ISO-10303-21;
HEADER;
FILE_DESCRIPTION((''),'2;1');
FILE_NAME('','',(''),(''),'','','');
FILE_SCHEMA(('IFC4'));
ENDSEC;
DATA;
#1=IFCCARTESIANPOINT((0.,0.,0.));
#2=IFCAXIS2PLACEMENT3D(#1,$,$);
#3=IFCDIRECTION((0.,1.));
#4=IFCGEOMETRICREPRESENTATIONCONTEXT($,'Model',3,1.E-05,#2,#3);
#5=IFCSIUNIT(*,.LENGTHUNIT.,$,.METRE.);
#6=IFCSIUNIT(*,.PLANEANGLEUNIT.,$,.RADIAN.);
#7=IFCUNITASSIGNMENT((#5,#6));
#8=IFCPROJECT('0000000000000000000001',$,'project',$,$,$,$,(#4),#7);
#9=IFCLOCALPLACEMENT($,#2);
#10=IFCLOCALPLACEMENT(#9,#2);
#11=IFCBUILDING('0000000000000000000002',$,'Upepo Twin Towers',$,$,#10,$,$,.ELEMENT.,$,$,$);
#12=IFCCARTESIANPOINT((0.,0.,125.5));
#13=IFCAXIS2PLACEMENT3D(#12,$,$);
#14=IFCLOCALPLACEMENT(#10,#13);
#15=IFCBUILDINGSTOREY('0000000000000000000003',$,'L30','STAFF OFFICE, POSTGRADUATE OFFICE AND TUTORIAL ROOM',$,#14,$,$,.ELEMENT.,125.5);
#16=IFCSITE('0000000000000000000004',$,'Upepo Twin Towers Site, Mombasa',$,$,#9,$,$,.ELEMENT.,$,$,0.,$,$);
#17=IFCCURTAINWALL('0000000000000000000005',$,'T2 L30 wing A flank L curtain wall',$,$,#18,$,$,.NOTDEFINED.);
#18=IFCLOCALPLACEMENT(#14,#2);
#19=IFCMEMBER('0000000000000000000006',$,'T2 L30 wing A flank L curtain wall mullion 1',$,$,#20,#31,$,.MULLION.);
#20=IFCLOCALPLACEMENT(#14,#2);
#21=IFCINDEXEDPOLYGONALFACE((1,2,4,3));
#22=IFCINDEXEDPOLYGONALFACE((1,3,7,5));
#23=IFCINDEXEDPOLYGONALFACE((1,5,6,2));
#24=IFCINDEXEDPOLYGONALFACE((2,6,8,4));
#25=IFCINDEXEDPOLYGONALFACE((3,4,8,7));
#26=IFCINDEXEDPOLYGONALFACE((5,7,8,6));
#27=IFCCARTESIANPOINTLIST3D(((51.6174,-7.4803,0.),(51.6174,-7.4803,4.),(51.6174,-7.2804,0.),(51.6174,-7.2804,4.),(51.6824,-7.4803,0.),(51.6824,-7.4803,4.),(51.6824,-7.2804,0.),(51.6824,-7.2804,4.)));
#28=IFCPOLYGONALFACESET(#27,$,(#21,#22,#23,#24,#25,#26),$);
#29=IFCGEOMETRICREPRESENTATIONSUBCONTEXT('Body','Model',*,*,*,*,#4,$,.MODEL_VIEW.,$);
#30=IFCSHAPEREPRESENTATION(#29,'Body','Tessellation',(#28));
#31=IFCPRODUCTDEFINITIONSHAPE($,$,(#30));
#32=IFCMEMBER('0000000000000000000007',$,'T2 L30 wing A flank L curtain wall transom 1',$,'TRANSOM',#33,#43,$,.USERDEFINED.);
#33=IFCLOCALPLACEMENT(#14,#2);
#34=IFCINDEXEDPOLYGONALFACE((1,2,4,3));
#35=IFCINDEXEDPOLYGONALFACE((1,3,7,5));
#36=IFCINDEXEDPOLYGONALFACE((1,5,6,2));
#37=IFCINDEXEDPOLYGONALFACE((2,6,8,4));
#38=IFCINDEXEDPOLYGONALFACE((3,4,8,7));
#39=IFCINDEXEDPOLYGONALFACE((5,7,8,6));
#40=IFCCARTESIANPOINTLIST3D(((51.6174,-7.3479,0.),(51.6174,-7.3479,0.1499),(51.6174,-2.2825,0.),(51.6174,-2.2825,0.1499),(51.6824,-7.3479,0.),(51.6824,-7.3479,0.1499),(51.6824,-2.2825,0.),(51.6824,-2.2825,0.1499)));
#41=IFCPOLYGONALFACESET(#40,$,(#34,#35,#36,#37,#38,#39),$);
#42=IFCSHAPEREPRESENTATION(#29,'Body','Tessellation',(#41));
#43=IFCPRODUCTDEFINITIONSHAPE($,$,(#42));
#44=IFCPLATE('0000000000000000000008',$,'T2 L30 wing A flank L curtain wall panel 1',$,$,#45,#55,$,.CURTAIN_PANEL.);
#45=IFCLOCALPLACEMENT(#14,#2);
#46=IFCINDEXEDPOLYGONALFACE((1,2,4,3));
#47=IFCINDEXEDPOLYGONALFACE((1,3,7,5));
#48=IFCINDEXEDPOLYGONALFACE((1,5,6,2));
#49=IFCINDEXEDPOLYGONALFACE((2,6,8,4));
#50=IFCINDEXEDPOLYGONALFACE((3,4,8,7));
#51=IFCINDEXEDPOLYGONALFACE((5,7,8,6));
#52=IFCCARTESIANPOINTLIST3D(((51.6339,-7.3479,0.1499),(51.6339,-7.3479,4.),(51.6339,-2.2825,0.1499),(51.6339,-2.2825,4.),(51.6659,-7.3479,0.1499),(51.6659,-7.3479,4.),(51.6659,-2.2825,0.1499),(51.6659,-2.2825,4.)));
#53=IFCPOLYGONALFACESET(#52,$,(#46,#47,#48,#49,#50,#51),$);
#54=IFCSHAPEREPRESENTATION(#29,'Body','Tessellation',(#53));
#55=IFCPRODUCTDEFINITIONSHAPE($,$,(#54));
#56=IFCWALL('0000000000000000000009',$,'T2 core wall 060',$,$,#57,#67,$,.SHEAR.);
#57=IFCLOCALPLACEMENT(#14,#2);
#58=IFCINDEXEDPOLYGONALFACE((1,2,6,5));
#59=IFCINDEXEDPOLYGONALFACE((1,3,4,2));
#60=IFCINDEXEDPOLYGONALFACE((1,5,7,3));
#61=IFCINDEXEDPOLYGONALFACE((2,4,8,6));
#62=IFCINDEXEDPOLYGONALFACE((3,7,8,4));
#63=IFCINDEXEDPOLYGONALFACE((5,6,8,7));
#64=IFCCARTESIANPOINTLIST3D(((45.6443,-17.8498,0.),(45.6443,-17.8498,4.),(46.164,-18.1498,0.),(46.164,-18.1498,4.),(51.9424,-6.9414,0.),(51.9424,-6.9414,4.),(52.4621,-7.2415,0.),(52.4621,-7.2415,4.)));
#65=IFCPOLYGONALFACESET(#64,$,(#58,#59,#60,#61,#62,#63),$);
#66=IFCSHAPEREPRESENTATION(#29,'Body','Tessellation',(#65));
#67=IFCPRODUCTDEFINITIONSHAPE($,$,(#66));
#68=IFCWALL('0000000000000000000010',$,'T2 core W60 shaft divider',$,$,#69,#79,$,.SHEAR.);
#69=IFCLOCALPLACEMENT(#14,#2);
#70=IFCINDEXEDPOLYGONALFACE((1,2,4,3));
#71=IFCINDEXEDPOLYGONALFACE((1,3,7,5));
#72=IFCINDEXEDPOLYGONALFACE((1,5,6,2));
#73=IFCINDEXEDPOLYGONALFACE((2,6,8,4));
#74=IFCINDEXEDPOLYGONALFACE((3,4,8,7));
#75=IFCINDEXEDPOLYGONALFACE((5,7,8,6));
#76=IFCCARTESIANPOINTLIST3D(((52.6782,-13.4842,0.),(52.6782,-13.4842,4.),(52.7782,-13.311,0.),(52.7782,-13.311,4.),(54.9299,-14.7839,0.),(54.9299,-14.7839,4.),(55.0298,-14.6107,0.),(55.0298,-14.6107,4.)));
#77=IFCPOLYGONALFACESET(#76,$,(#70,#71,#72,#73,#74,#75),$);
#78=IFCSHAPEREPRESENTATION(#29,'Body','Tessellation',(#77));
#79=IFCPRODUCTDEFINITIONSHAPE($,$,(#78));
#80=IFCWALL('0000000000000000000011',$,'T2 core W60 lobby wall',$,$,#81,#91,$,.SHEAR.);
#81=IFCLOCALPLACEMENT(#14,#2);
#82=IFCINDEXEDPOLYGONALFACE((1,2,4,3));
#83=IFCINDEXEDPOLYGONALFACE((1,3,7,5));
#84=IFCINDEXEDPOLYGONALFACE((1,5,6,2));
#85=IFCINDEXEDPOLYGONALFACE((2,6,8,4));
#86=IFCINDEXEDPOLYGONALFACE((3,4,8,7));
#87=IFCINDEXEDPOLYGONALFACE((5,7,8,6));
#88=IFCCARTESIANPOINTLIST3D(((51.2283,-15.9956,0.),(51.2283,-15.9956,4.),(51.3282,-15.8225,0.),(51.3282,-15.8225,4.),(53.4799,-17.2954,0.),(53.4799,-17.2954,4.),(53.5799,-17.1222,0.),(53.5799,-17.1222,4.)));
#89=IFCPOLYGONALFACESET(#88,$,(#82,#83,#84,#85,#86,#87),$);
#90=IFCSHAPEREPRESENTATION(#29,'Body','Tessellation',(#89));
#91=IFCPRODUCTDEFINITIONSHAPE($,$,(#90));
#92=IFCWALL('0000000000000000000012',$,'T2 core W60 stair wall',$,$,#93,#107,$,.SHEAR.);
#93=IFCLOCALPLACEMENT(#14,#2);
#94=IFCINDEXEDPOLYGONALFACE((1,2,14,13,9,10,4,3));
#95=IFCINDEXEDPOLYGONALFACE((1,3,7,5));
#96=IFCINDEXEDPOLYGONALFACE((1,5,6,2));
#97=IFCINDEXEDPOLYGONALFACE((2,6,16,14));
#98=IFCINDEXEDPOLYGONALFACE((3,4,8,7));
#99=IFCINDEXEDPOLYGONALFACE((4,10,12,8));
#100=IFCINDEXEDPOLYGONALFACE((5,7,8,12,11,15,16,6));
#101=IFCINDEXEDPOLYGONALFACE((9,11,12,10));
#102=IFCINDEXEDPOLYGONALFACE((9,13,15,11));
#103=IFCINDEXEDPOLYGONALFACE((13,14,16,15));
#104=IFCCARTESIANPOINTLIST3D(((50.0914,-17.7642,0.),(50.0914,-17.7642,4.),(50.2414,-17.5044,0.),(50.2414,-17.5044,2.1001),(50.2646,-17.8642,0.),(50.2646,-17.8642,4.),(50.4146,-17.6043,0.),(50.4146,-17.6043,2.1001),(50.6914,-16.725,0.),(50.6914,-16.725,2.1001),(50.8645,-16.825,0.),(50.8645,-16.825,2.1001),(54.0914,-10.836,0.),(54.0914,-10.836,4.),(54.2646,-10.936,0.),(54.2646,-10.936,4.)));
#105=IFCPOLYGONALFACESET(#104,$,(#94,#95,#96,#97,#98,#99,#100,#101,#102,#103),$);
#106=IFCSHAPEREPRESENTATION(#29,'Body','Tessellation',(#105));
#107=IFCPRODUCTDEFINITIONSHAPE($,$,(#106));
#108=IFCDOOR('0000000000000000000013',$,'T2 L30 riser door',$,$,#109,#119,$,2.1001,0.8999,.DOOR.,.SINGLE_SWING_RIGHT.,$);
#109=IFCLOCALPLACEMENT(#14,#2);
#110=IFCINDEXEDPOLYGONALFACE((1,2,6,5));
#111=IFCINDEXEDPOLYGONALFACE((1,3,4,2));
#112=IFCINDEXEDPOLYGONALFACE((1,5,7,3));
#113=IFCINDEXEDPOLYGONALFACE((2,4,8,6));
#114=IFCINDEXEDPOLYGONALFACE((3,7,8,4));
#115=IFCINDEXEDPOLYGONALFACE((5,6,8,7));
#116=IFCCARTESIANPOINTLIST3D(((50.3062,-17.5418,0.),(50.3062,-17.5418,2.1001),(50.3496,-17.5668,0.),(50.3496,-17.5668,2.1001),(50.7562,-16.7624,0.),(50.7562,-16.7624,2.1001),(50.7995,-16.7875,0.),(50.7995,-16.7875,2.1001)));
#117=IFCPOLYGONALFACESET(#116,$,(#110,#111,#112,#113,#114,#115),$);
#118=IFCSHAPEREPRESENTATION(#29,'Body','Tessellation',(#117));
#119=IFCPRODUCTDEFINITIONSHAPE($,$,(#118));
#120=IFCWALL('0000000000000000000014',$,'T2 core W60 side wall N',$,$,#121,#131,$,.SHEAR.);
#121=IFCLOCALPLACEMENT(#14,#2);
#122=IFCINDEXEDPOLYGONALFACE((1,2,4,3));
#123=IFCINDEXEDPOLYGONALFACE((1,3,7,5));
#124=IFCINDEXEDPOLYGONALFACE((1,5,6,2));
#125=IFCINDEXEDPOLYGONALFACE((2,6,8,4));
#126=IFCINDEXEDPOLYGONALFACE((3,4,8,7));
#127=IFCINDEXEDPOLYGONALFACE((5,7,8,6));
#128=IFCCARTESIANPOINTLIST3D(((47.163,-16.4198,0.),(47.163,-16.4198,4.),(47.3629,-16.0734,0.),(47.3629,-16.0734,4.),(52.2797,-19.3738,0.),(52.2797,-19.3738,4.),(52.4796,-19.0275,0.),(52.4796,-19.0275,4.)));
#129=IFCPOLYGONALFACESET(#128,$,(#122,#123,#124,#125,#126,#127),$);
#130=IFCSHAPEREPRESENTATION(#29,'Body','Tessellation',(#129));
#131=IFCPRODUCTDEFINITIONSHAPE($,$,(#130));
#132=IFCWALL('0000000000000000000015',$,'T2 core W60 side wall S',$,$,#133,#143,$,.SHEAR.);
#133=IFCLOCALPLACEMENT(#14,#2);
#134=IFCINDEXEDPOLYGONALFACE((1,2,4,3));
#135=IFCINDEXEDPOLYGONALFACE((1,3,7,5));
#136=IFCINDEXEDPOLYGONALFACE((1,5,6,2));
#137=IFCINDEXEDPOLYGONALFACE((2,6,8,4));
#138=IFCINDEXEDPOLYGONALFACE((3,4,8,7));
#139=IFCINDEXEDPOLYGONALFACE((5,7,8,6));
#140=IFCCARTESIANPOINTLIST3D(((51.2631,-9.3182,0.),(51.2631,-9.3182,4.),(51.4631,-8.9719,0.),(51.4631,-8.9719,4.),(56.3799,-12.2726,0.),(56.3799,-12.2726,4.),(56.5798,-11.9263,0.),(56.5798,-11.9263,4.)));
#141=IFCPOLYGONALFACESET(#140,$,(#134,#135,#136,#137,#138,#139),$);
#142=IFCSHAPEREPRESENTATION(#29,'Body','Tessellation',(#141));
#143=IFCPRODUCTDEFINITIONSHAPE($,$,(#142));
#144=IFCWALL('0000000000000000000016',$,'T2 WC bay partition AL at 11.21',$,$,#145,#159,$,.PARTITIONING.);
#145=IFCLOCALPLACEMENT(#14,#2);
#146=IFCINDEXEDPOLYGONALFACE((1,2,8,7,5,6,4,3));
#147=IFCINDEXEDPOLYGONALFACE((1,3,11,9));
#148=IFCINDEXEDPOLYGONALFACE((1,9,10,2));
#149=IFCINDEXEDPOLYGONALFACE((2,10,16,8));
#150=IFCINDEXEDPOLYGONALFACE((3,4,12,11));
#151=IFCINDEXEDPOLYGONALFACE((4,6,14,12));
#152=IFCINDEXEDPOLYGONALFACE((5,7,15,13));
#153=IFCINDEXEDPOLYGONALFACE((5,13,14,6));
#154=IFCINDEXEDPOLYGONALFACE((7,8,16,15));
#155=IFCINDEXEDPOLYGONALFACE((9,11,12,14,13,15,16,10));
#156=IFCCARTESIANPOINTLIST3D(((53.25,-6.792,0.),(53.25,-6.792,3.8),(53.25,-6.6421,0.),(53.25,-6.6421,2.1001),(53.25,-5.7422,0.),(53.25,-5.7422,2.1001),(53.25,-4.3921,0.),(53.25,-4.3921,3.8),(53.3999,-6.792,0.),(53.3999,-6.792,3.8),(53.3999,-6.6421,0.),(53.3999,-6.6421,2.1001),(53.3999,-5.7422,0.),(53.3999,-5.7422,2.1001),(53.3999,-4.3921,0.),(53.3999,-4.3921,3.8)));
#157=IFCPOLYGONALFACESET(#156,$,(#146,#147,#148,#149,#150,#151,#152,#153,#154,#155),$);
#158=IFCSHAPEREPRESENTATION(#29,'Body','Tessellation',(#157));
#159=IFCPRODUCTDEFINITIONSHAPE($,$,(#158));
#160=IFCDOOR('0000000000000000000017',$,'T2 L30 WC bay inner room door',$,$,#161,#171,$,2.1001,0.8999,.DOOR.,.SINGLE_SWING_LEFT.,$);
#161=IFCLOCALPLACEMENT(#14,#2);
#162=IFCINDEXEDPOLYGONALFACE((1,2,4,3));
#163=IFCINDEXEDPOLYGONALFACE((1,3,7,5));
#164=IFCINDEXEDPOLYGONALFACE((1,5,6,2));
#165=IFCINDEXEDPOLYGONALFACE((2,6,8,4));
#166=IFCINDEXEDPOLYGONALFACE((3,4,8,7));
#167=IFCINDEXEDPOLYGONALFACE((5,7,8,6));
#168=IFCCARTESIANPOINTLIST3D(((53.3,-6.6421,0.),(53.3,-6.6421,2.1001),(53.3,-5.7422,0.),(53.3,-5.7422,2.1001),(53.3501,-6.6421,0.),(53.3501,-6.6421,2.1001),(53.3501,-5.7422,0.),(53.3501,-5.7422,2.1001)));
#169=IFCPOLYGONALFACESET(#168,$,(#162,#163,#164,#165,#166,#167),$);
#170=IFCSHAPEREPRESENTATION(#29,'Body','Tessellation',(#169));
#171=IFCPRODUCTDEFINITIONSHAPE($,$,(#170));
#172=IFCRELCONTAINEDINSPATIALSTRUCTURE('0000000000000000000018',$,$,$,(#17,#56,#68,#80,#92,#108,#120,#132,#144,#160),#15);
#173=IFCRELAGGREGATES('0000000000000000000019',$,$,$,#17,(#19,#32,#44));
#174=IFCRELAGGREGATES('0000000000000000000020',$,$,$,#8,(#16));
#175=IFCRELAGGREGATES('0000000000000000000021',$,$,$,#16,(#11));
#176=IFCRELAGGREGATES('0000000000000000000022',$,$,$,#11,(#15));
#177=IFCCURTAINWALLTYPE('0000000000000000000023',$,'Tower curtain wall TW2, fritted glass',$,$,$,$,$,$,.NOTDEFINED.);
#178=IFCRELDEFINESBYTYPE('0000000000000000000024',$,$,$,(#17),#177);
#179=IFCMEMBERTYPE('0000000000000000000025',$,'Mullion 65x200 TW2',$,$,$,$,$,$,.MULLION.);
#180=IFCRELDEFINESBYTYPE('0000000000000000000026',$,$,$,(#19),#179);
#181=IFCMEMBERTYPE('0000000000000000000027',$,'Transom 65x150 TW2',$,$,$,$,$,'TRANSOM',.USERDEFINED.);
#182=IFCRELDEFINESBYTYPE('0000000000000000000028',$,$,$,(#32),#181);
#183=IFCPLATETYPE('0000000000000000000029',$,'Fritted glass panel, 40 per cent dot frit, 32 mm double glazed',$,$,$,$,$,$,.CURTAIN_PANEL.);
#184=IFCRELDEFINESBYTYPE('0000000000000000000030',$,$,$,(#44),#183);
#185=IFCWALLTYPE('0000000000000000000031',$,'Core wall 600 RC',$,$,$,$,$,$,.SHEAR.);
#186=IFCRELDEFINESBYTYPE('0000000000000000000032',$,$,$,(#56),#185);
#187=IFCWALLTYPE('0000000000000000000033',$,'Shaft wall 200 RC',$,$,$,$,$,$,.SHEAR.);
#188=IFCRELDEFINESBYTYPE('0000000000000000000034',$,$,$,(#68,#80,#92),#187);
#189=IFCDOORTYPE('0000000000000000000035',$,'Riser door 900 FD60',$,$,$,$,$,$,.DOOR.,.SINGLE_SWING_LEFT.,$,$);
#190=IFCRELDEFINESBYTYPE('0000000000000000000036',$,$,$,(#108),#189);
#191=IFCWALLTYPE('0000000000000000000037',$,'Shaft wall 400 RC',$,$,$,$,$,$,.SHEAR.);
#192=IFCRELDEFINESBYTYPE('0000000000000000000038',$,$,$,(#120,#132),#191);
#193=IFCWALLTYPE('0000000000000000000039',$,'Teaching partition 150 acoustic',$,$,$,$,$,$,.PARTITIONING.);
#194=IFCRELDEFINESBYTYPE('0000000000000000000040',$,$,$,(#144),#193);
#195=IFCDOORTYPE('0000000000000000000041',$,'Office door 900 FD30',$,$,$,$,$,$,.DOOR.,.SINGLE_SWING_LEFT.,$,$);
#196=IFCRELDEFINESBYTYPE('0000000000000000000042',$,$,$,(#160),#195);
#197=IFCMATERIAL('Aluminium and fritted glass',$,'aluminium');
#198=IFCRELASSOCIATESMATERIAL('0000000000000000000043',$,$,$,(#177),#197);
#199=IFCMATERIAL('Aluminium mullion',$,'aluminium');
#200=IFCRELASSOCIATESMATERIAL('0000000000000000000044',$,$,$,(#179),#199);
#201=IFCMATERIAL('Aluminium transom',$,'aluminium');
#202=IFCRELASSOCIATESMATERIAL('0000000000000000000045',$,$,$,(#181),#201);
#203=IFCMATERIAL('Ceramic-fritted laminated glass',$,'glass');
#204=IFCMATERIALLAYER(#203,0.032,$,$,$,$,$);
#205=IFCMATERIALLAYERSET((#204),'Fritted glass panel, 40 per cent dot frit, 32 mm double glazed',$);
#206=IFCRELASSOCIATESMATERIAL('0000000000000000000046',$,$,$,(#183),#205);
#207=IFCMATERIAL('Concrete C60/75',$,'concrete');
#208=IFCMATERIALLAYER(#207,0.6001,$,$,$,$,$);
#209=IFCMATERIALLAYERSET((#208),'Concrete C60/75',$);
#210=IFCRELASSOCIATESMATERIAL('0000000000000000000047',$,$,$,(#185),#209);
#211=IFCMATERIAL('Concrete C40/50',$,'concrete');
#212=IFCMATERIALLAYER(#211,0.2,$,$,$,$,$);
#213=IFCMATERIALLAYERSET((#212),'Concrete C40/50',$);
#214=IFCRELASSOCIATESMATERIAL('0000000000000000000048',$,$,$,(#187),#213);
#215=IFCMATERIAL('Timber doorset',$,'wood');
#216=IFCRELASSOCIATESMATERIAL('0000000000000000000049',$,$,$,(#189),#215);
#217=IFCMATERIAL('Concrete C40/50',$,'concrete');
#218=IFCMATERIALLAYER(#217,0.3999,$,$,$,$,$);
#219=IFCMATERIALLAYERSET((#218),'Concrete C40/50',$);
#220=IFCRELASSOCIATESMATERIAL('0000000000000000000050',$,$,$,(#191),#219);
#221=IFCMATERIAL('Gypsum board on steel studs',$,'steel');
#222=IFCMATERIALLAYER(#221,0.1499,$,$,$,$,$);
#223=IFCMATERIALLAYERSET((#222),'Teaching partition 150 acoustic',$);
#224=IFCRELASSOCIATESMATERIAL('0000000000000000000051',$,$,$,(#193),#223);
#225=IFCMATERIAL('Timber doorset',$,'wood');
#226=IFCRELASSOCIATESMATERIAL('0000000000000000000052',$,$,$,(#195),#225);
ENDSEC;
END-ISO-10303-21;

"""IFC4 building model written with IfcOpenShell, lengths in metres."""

from ifc_helpers import new_model, si_unit, direction, frame, frame_2d, origin, origin_2d, place, context, subcontext, project, spatial, rectangle, extrude, material, layer, layer_set, material_profile, profile_set, type_object, element, fill, aggregate, save


model = new_model("IFC4")

# Units and contexts
model_context = context("Model", 3, precision=1e-05, world=origin(), true_north=direction((0.0, 1.0)))
body_context = subcontext(model_context, "Body", "Model", "MODEL_VIEW")
ifc_project = project(units=[si_unit("LENGTHUNIT", "METRE"), si_unit("PLANEANGLEUNIT", "RADIAN")], contexts=[model_context])

# Site, building, storey
site_placement = place(None, origin())
site = spatial("IfcSite", under=ifc_project, at=site_placement, Name="Upepo Twin Towers Site, Mombasa", CompositionType="ELEMENT", RefElevation=0.0)
building_placement = place(site_placement, origin())
building = spatial("IfcBuilding", under=site, at=building_placement, Name="Upepo Twin Towers", CompositionType="ELEMENT")
storey_placement = place(building_placement, frame((0.0, 0.0, 125.5)))
storey = spatial("IfcBuildingStorey", under=building, at=storey_placement, Name="L30", Description="STAFF OFFICE, POSTGRADUATE OFFICE AND TUTORIAL ROOM", CompositionType="ELEMENT", Elevation=125.5)

# Curtain wall, members, plate
ifc_material_1 = material(Name="Aluminium and fritted glass", Category="aluminium")
curtain_wall_type = type_object("IfcCurtainWallType", Name="Tower curtain wall TW2, fritted glass", PredefinedType="NOTDEFINED", material=ifc_material_1)
curtain_wall_placement = place(storey_placement, origin())
curtain_wall = element("IfcCurtainWall", 1, at=curtain_wall_placement, inside=storey, type_object=curtain_wall_type, Name="T2 L30 wing A flank L curtain wall", PredefinedType="NOTDEFINED")
ifc_material_2 = material(Name="Aluminium mullion", Category="aluminium")
ifc_material_profile_1 = material_profile(ifc_material_2, rectangle(XDim=0.0649, YDim=0.2, at=origin_2d()), Name="MULLION 65x200")
ifc_profile_set_1 = profile_set([ifc_material_profile_1], Name="Aluminium mullion")
member_type_1 = type_object("IfcMemberType", Name="Mullion 65x200 TW2", PredefinedType="MULLION", material=ifc_profile_set_1)
member_1_placement = place(storey_placement, frame((51.6499, -7.3804, 0.0), z_axis=(0.0, 0.0, 1.0), x_axis=(-1.0, 0.0, 0.0)))
member_1 = element("IfcMember", 2, at=member_1_placement, type_object=member_type_1, Name="T2 L30 wing A flank L curtain wall mullion 1", PredefinedType="MULLION", context=body_context, shape_type="SweptSolid", body=[
    extrude(rectangle(XDim=0.0649, YDim=0.2, at=origin_2d()), origin(), (0.0, 0.0, 1.0), 4.0),
])
ifc_material_3 = material(Name="Aluminium transom", Category="aluminium")
ifc_material_profile_2 = material_profile(ifc_material_3, rectangle(XDim=0.0649, YDim=0.1499, at=origin_2d()), Name="TRANSOM 65x150")
ifc_profile_set_2 = profile_set([ifc_material_profile_2], Name="Aluminium transom")
member_type_2 = type_object("IfcMemberType", Name="Transom 65x150 TW2", ElementType="TRANSOM", PredefinedType="USERDEFINED", material=ifc_profile_set_2)
member_2_placement = place(storey_placement, frame((51.6499, -7.3479, 0.075), z_axis=(0.0, 1.0, 0.0), x_axis=(-1.0, 0.0, 0.0)))
member_2 = element("IfcMember", 3, at=member_2_placement, type_object=member_type_2, Name="T2 L30 wing A flank L curtain wall transom 1", ObjectType="TRANSOM", PredefinedType="USERDEFINED", context=body_context, shape_type="SweptSolid", body=[
    extrude(rectangle(XDim=0.0649, YDim=0.1499, at=origin_2d()), origin(), (0.0, 0.0, 1.0), 5.0654),
])
ifc_material_4 = material(Name="Ceramic-fritted laminated glass", Category="glass")
ifc_layer_1 = layer(ifc_material_4, 0.032)
ifc_layer_set_1 = layer_set([ifc_layer_1], Name="Fritted glass panel, 40 per cent dot frit, 32 mm double glazed")
plate_type = type_object("IfcPlateType", Name="Fritted glass panel, 40 per cent dot frit, 32 mm double glazed", PredefinedType="CURTAIN_PANEL", material=ifc_layer_set_1)
plate_placement = place(storey_placement, frame((51.6499, -4.8152, 0.1499), z_axis=(0.0, 0.0, 1.0), x_axis=(0.0, 1.0, 0.0)))
plate = element("IfcPlate", 4, at=plate_placement, type_object=plate_type, Name="T2 L30 wing A flank L curtain wall panel 1", PredefinedType="CURTAIN_PANEL", context=body_context, shape_type="SweptSolid", body=[
    extrude(rectangle(XDim=5.0654, YDim=0.032, at=origin_2d()), origin(), (0.0, 0.0, 1.0), 3.8501),
])
aggregate(curtain_wall, [member_1, member_2, plate])

# Walls
ifc_material_5 = material(Name="Concrete C60/75", Category="concrete")
ifc_layer_2 = layer(ifc_material_5, 0.6001)
ifc_layer_set_2 = layer_set([ifc_layer_2], Name="Concrete C60/75")
wall_type_1 = type_object("IfcWallType", Name="Core wall 600 RC", PredefinedType="SHEAR", material=ifc_layer_set_2)
wall_1_placement = place(storey_placement, frame((52.2021, -7.0916, 0.0), z_axis=(0.0, 0.0, 1.0), x_axis=(-0.500006, -0.866022, 0.0)))
element("IfcWall", 5, at=wall_1_placement, inside=storey, type_object=wall_type_1, Name="T2 core wall 060", PredefinedType="SHEAR", context=body_context, shape_type="SweptSolid", body=[
    extrude(rectangle(XDim=12.5959, YDim=0.6001, at=frame_2d((6.2979, 0.0))), origin(), (0.0, 0.0, 1.0), 4.0),
])
ifc_material_6 = material(Name="Concrete C40/50", Category="concrete")
ifc_layer_3 = layer(ifc_material_6, 0.2)
ifc_layer_set_3 = layer_set([ifc_layer_3], Name="Concrete C40/50")
wall_type_2 = type_object("IfcWallType", Name="Shaft wall 200 RC", PredefinedType="SHEAR", material=ifc_layer_set_3)
for number, where, z_axis, x_axis, name in (
    (6, (54.9797, -14.6973, 0.0), (0.0, 0.0, 1.0), (-0.866062, 0.499937, 0.0), "T2 core W60 shaft divider"),
    (7, (53.5298, -17.2087, 0.0), (0.0, 0.0, 1.0), (-0.866062, 0.499937, 0.0), "T2 core W60 lobby wall"),
):
    element("IfcWall", number, at=place(storey_placement, frame(where, z_axis=z_axis, x_axis=x_axis)), inside=storey, type_object=wall_type_2, Name=name, PredefinedType="SHEAR", context=body_context, shape_type="SweptSolid", body=[
        extrude(rectangle(XDim=2.5999, YDim=0.2, at=frame_2d((1.2998, 0.0))), origin(), (0.0, 0.0, 1.0), 4.0),
    ])

# Wall, opening, door
wall_2_placement = place(storey_placement, frame((54.178, -10.886, 0.0), z_axis=(0.0, 0.0, 1.0), x_axis=(-0.499999, -0.866026, 0.0)))
wall_2 = element("IfcWall", 8, at=wall_2_placement, inside=storey, type_object=wall_type_2, Name="T2 core W60 stair wall", PredefinedType="SHEAR", context=body_context, shape_type="SweptSolid", body=[
    extrude(rectangle(XDim=8.0, YDim=0.2, at=frame_2d((4.0, 0.0))), origin(), (0.0, 0.0, 1.0), 4.0),
])
opening_1_placement = place(wall_2_placement, frame((6.8, 0.0, 0.0)))
opening_1 = element("IfcOpeningElement", 9, at=opening_1_placement, cuts=wall_2, PredefinedType="OPENING", context=body_context, shape_type="SweptSolid", body=[
    extrude(rectangle(XDim=0.8999, YDim=2.1001, at=frame_2d((0.45, 1.05))), frame((0.0, 0.1099, 0.0), z_axis=(0.0, -1.0, 0.0), x_axis=(1.0, 0.0, 0.0)), (0.0, 0.0, 1.0), 0.22),
])
ifc_material_7 = material(Name="Timber doorset", Category="wood")
door_type_1 = type_object("IfcDoorType", Name="Riser door 900 FD60", OperationType="SINGLE_SWING_LEFT", PredefinedType="DOOR", material=ifc_material_7)
door_1_placement = place(opening_1_placement, origin())
door_1 = element("IfcDoor", 10, at=door_1_placement, inside=storey, type_object=door_type_1, Name="T2 L30 riser door", OperationType="SINGLE_SWING_RIGHT", OverallHeight=2.1001, OverallWidth=0.8999, PredefinedType="DOOR", context=body_context, shape_type="SweptSolid", body=[
    extrude(rectangle(XDim=0.8999, YDim=2.1001, at=frame_2d((0.45, 1.05))), frame((0.0, 0.0249, 0.0), z_axis=(0.0, -1.0, 0.0), x_axis=(1.0, 0.0, 0.0)), (0.0, 0.0, 1.0), 0.05),
])
fill(opening_1, door_1)

# Walls
ifc_material_8 = material(Name="Concrete C40/50", Category="concrete")
ifc_layer_4 = layer(ifc_material_8, 0.3999)
ifc_layer_set_4 = layer_set([ifc_layer_4], Name="Concrete C40/50")
wall_type_3 = type_object("IfcWallType", Name="Shaft wall 400 RC", PredefinedType="SHEAR", material=ifc_layer_set_4)
wall_3_placement = place(storey_placement, frame((52.3796, -19.2007, 0.0), z_axis=(0.0, 0.0, 1.0), x_axis=(-0.866027, 0.499997, 0.0)))
element("IfcWall", 11, at=wall_3_placement, inside=storey, type_object=wall_type_3, Name="T2 core W60 side wall N", PredefinedType="SHEAR", context=body_context, shape_type="SweptSolid", body=[
    extrude(rectangle(XDim=5.9082, YDim=0.3999, at=frame_2d((2.9541, 0.0))), origin(), (0.0, 0.0, 1.0), 4.0),
])
wall_4_placement = place(storey_placement, frame((56.4797, -12.0994, 0.0), z_axis=(0.0, 0.0, 1.0), x_axis=(-0.866009, 0.500028, 0.0)))
element("IfcWall", 12, at=wall_4_placement, inside=storey, type_object=wall_type_3, Name="T2 core W60 side wall S", PredefinedType="SHEAR", context=body_context, shape_type="SweptSolid", body=[
    extrude(rectangle(XDim=5.9084, YDim=0.3999, at=frame_2d((2.9541, 0.0))), origin(), (0.0, 0.0, 1.0), 4.0),
])

# Wall, opening, door
ifc_material_9 = material(Name="Gypsum board on steel studs", Category="steel")
ifc_layer_5 = layer(ifc_material_9, 0.1499)
ifc_layer_set_5 = layer_set([ifc_layer_5], Name="Teaching partition 150 acoustic")
wall_type_4 = type_object("IfcWallType", Name="Teaching partition 150 acoustic", PredefinedType="PARTITIONING", material=ifc_layer_set_5)
wall_5_placement = place(storey_placement, frame((53.325, -6.792, 0.0), z_axis=(0.0, 0.0, 1.0), x_axis=(0.0, 1.0, 0.0)))
wall_5 = element("IfcWall", 13, at=wall_5_placement, inside=storey, type_object=wall_type_4, Name="T2 WC bay partition AL at 11.21", PredefinedType="PARTITIONING", context=body_context, shape_type="SweptSolid", body=[
    extrude(rectangle(XDim=2.3999, YDim=0.1499, at=frame_2d((1.2, 0.0))), origin(), (0.0, 0.0, 1.0), 3.8),
])
opening_2_placement = place(wall_5_placement, frame((0.1499, 0.0, 0.0)))
opening_2 = element("IfcOpeningElement", 14, at=opening_2_placement, cuts=wall_5, PredefinedType="OPENING", context=body_context, shape_type="SweptSolid", body=[
    extrude(rectangle(XDim=0.8999, YDim=2.1001, at=frame_2d((0.45, 1.05))), frame((0.0, 0.085, 0.0), z_axis=(0.0, -1.0, 0.0), x_axis=(1.0, 0.0, 0.0)), (0.0, 0.0, 1.0), 0.1699),
])
ifc_material_10 = material(Name="Timber doorset", Category="wood")
door_type_2 = type_object("IfcDoorType", Name="Office door 900 FD30", OperationType="SINGLE_SWING_LEFT", PredefinedType="DOOR", material=ifc_material_10)
door_2_placement = place(opening_2_placement, origin())
door_2 = element("IfcDoor", 15, at=door_2_placement, inside=storey, type_object=door_type_2, Name="T2 L30 WC bay inner room door", OperationType="SINGLE_SWING_LEFT", OverallHeight=2.1001, OverallWidth=0.8999, PredefinedType="DOOR", context=body_context, shape_type="SweptSolid", body=[
    extrude(rectangle(XDim=0.8999, YDim=2.1001, at=frame_2d((0.45, 1.05))), frame((0.0, 0.0249, 0.0), z_axis=(0.0, -1.0, 0.0), x_axis=(1.0, 0.0, 0.0)), (0.0, 0.0, 1.0), 0.05),
])
fill(opening_2, door_2)

save(model, "model.ifc")
